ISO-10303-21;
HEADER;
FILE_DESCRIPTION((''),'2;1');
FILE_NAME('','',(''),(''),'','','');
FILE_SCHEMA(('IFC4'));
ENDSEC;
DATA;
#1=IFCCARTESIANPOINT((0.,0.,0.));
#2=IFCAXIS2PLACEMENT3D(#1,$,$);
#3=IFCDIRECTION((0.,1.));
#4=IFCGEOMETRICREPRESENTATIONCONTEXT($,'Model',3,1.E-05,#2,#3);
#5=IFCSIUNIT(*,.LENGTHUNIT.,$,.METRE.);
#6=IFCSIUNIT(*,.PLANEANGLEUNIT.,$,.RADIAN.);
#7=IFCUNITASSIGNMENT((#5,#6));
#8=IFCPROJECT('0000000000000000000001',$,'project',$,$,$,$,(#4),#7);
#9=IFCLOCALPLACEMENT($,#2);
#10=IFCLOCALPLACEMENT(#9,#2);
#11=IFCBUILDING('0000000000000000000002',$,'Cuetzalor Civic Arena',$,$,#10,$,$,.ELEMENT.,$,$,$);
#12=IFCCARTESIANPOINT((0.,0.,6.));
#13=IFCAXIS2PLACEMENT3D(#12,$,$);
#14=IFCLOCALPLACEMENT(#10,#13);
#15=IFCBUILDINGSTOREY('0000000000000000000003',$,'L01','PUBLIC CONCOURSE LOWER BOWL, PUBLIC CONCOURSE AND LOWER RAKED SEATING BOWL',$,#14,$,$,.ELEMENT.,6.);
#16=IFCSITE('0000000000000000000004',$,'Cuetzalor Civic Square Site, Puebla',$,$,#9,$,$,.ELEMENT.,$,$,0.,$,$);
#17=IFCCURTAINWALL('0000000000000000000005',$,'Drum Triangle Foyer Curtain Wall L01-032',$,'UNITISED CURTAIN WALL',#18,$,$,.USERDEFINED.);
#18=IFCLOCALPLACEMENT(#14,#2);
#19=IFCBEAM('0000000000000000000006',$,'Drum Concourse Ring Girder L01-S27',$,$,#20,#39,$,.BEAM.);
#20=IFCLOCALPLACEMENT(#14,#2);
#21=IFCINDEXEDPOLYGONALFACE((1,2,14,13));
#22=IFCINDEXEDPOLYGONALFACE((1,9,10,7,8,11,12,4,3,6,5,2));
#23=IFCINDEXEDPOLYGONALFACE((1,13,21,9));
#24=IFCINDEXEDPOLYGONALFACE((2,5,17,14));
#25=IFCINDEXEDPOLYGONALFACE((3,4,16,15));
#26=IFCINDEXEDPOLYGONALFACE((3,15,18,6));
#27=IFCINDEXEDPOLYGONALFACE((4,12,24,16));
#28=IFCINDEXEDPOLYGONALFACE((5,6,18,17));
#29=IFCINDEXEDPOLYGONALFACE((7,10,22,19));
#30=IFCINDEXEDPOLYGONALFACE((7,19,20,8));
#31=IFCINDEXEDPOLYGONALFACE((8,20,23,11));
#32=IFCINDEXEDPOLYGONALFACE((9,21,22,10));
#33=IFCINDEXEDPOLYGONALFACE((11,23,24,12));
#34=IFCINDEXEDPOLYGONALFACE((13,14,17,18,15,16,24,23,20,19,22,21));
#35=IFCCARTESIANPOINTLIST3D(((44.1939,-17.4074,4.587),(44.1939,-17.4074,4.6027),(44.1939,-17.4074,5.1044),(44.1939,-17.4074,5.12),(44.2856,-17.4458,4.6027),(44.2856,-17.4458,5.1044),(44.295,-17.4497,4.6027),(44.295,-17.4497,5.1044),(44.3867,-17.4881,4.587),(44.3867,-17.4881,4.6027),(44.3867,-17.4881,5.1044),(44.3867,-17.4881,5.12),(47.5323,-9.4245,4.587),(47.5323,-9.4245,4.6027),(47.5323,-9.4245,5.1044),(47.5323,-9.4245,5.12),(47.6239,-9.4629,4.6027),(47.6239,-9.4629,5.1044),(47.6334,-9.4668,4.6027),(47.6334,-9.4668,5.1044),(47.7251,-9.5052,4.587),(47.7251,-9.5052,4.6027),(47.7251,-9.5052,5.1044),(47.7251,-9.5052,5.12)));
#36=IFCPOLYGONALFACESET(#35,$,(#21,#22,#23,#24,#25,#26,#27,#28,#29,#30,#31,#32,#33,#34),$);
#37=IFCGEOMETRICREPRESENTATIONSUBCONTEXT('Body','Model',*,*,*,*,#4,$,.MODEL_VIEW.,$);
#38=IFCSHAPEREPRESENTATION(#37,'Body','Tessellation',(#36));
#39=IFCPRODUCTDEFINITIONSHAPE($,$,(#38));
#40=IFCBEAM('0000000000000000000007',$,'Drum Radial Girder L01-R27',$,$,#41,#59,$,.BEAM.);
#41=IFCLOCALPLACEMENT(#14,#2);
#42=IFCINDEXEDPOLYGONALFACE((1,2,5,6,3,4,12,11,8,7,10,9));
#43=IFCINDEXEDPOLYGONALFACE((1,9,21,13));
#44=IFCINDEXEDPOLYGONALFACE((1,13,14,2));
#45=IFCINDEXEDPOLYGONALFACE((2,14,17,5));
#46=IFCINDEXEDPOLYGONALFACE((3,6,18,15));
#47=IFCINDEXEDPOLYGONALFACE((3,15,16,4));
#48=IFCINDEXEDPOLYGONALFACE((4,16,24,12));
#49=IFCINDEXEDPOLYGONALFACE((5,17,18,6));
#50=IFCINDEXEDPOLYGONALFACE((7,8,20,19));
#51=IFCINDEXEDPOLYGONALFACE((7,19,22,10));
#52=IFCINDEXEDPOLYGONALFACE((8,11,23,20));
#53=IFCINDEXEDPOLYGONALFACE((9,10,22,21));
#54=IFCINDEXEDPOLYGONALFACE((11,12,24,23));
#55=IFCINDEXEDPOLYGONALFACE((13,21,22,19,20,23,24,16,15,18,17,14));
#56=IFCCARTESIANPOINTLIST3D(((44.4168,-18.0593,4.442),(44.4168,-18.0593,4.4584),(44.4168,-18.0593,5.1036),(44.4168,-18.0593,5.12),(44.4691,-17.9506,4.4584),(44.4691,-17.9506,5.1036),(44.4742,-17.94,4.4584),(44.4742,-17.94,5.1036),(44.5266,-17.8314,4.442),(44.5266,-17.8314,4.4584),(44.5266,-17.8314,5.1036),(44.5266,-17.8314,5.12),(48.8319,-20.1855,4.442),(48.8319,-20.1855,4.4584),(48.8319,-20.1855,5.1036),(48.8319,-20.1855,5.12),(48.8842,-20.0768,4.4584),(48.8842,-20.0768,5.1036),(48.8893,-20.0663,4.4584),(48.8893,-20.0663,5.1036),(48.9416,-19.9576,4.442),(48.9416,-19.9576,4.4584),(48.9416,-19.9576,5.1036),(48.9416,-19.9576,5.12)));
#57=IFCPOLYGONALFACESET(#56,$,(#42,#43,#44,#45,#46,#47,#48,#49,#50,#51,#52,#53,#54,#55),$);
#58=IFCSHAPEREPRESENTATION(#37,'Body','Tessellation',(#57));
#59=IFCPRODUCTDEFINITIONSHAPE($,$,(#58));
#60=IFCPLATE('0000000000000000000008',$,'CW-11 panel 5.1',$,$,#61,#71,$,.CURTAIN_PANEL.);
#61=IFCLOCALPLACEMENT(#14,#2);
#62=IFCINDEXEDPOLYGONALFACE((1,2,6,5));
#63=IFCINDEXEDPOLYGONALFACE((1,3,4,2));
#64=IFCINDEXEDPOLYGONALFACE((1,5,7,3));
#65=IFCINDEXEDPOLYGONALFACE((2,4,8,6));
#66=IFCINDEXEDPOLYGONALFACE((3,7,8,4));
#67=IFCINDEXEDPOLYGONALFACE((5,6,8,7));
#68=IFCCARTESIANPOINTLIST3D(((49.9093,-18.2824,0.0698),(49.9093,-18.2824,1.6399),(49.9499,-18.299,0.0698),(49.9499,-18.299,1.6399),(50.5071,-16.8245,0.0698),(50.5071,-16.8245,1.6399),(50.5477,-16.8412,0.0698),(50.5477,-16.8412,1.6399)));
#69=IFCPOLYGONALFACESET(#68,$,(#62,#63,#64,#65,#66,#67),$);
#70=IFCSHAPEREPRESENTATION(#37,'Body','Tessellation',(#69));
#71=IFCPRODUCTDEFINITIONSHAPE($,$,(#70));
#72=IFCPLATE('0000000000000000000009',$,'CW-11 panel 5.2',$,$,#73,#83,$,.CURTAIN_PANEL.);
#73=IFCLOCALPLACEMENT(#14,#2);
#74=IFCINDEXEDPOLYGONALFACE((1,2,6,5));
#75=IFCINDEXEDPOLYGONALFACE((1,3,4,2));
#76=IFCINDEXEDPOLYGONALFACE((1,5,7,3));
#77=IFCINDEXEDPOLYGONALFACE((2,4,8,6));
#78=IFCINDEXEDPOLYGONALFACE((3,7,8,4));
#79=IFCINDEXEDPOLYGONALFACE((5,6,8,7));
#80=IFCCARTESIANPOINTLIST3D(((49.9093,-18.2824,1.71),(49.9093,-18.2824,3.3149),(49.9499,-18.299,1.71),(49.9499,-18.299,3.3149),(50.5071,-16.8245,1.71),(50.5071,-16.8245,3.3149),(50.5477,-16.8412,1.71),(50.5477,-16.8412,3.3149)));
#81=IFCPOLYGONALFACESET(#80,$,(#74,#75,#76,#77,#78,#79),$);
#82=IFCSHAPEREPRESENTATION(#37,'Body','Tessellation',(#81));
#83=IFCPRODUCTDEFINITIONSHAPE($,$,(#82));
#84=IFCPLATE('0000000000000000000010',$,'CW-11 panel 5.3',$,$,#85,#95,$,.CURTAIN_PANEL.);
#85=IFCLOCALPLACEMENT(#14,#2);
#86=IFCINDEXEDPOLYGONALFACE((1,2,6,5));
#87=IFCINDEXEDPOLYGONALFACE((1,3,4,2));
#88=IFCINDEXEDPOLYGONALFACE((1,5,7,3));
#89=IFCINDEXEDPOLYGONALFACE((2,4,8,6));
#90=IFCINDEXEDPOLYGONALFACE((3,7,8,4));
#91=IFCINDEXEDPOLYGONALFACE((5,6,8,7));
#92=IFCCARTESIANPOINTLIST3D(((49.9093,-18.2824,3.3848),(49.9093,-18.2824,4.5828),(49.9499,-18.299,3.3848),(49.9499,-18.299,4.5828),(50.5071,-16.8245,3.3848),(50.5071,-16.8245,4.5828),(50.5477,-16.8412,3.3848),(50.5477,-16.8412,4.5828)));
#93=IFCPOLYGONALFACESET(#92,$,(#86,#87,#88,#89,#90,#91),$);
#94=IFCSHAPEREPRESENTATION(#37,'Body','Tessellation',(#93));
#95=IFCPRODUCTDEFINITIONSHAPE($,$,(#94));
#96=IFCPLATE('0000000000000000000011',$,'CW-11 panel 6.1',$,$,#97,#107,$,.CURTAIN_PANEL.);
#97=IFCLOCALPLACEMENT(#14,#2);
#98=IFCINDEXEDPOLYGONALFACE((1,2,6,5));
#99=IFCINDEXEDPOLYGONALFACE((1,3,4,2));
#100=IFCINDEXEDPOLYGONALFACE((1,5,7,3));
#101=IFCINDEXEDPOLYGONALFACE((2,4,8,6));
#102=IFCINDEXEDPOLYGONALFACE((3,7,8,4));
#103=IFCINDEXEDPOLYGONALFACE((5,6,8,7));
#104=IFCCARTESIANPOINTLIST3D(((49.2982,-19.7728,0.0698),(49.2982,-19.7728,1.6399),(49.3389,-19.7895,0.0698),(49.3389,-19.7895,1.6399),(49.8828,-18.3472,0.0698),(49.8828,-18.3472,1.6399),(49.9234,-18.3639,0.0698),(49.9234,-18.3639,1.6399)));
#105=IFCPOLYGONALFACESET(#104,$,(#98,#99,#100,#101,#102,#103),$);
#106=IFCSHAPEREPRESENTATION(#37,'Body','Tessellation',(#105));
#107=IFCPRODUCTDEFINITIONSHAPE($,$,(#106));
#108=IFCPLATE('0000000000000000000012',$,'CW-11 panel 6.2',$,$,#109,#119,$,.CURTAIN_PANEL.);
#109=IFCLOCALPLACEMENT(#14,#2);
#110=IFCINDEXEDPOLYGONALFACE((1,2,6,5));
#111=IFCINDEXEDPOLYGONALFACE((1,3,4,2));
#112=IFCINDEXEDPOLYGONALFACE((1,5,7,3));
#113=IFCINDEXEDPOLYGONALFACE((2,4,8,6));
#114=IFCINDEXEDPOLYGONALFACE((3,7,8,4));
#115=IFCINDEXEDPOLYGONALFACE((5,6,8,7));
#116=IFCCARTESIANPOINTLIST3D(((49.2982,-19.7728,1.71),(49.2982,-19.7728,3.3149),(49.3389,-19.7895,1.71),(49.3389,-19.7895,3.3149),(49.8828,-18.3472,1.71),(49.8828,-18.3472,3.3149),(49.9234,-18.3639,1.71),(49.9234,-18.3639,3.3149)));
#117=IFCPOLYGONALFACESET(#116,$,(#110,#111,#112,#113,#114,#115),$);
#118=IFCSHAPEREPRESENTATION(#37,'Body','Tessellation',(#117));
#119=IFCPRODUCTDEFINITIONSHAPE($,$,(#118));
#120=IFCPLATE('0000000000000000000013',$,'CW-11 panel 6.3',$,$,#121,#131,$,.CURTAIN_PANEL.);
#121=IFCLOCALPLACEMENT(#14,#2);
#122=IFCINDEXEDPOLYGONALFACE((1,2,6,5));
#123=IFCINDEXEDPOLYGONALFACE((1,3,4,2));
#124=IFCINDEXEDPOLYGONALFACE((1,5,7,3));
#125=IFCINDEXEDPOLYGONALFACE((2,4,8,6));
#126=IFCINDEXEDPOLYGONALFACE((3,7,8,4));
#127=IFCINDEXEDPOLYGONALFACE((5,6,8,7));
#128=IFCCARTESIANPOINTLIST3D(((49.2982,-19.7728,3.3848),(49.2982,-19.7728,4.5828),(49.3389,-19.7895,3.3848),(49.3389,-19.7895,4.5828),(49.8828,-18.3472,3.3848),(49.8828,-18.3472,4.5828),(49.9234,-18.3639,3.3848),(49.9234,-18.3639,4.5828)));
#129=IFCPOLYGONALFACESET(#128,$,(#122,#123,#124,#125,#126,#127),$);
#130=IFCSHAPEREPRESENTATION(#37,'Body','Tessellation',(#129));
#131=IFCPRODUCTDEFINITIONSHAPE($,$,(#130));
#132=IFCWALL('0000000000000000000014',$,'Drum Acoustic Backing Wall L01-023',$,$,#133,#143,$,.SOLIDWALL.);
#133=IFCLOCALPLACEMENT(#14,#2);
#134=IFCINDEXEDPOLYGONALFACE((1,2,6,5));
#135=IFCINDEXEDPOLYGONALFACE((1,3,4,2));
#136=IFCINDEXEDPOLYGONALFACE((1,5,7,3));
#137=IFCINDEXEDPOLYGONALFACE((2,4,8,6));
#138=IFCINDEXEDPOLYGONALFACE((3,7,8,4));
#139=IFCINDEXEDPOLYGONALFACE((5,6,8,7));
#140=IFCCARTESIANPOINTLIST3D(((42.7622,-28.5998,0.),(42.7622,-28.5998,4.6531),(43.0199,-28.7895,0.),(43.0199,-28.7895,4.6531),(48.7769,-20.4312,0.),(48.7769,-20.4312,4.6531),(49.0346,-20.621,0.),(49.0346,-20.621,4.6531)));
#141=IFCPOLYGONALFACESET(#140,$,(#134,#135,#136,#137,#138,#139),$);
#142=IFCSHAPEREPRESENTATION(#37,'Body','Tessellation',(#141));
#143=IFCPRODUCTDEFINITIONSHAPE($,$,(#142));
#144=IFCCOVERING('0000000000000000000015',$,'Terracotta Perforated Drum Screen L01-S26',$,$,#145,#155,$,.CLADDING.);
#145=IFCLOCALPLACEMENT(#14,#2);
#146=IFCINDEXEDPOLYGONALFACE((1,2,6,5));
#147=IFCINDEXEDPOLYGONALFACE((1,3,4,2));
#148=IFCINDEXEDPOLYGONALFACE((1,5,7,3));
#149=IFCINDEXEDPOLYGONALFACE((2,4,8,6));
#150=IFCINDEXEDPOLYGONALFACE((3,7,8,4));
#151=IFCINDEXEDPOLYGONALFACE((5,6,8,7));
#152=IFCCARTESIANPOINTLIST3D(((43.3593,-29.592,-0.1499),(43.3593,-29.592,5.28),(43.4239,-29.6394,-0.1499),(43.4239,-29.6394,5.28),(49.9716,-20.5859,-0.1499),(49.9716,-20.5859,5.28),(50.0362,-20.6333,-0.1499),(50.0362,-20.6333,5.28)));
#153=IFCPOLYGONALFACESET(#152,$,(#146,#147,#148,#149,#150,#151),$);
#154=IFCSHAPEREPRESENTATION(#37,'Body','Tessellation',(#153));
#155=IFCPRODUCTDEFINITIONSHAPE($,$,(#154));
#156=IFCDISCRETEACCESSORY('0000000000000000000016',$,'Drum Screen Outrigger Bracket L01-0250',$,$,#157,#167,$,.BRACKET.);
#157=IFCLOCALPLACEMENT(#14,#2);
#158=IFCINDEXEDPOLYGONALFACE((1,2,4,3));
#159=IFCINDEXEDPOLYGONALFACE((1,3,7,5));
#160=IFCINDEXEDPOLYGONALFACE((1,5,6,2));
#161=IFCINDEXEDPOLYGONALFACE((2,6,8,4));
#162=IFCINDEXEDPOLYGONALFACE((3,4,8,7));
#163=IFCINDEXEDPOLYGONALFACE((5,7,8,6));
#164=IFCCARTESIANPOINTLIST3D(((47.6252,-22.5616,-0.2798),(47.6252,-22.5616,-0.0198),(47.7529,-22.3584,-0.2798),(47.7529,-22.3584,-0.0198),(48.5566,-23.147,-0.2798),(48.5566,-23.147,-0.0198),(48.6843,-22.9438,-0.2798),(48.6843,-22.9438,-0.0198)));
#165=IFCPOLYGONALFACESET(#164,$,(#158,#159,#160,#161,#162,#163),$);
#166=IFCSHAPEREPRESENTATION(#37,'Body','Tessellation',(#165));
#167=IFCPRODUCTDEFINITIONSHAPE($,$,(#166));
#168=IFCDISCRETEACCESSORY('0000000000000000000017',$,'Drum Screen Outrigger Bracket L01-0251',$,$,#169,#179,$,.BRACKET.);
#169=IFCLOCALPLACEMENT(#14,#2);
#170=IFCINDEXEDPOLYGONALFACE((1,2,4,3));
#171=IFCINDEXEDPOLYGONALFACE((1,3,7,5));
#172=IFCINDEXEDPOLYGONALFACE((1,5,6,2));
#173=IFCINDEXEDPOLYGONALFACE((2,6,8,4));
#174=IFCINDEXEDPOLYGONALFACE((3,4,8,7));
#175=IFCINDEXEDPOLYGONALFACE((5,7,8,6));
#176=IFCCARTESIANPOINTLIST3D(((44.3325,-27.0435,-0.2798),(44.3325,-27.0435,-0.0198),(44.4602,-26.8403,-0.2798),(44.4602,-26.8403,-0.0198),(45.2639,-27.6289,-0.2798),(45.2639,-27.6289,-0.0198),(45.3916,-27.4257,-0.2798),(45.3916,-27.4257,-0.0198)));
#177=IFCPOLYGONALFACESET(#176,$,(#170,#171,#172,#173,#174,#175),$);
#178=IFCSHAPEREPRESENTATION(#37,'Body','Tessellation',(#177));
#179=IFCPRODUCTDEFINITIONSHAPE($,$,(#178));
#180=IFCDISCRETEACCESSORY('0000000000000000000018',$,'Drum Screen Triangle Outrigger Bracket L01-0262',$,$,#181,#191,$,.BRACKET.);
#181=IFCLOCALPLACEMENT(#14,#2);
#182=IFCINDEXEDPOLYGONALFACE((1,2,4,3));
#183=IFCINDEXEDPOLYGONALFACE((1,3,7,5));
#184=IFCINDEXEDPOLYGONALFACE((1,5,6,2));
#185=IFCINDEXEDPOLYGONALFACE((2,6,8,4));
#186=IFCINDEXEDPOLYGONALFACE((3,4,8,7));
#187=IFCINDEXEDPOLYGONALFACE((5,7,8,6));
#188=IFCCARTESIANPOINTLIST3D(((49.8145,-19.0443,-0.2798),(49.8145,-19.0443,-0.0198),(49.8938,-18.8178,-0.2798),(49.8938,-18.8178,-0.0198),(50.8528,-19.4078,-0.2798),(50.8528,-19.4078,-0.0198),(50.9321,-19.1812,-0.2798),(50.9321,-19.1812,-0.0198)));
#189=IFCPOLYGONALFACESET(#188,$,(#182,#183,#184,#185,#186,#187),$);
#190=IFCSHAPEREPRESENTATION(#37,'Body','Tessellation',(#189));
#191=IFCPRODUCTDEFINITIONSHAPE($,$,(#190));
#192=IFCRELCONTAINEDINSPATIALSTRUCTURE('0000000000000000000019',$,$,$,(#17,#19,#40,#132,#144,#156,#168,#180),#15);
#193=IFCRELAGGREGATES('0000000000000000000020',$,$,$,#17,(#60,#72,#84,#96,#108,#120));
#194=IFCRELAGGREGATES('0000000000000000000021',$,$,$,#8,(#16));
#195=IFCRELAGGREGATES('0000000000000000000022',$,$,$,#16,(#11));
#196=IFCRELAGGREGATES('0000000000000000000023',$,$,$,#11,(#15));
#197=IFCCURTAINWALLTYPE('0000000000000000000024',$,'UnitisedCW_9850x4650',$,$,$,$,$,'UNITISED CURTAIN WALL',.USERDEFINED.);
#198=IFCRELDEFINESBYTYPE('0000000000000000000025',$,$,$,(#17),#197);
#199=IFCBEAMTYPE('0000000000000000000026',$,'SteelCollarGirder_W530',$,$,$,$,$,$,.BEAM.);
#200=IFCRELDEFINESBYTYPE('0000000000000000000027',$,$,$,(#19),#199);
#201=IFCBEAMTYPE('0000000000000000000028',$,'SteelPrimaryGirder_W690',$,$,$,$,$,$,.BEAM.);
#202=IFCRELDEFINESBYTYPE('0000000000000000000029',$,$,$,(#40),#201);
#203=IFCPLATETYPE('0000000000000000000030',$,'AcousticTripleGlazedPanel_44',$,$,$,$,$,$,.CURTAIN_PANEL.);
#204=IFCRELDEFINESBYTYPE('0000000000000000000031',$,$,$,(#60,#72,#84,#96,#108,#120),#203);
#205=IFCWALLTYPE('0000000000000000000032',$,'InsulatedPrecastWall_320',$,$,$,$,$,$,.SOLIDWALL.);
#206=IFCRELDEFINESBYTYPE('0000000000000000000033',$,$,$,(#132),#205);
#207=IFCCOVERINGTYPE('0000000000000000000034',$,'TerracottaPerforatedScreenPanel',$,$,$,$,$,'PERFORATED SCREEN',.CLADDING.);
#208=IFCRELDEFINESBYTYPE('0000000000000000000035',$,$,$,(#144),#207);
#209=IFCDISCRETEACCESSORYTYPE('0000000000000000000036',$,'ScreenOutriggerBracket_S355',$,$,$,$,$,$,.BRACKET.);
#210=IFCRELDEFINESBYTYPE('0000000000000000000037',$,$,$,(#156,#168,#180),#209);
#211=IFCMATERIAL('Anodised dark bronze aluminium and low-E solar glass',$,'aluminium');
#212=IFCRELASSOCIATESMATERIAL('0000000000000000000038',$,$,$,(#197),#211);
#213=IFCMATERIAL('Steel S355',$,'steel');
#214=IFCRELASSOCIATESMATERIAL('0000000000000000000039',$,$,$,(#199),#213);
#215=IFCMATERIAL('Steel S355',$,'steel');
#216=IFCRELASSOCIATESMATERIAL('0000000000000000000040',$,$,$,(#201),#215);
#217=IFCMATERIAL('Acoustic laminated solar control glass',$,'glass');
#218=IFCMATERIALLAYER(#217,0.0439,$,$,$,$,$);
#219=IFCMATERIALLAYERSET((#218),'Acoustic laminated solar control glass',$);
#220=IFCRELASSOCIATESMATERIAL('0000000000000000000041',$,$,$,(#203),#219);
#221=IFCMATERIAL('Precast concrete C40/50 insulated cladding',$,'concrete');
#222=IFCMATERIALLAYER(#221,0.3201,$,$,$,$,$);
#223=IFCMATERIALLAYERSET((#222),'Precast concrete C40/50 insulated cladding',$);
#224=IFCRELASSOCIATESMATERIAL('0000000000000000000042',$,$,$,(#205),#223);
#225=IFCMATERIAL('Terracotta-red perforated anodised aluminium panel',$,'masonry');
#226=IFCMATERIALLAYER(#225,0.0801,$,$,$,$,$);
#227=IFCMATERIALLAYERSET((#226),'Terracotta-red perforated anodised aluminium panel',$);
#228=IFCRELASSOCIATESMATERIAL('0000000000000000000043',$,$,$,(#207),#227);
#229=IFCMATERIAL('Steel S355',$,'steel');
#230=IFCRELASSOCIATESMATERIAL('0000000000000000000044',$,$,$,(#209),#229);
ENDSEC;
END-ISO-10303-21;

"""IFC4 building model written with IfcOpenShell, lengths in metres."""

from ifc_helpers import new_model, si_unit, direction, frame, frame_2d, origin, origin_2d, place, context, subcontext, project, spatial, rectangle, i_section, extrude, material, layer, layer_set, material_profile, profile_set, type_object, element, aggregate, save


model = new_model("IFC4")

# Units and contexts
model_context = context("Model", 3, precision=1e-05, world=origin(), true_north=direction((0.0, 1.0)))
body_context = subcontext(model_context, "Body", "Model", "MODEL_VIEW")
ifc_project = project(units=[si_unit("LENGTHUNIT", "METRE"), si_unit("PLANEANGLEUNIT", "RADIAN")], contexts=[model_context])

# Site, building, storey
site_placement = place(None, origin())
site = spatial("IfcSite", under=ifc_project, at=site_placement, Name="Cuetzalor Civic Square Site, Puebla", CompositionType="ELEMENT", RefElevation=0.0)
building_placement = place(site_placement, origin())
building = spatial("IfcBuilding", under=site, at=building_placement, Name="Cuetzalor Civic Arena", CompositionType="ELEMENT")
storey_placement = place(building_placement, frame((0.0, 0.0, 6.0)))
storey = spatial("IfcBuildingStorey", under=building, at=storey_placement, Name="L01", Description="PUBLIC CONCOURSE LOWER BOWL, PUBLIC CONCOURSE AND LOWER RAKED SEATING BOWL", CompositionType="ELEMENT", Elevation=6.0)

# Curtain wall
ifc_material_1 = material(Name="Anodised dark bronze aluminium and low-E solar glass", Category="aluminium")
curtain_wall_type = type_object("IfcCurtainWallType", Name="UnitisedCW_9850x4650", ElementType="UNITISED CURTAIN WALL", PredefinedType="USERDEFINED", material=ifc_material_1)
curtain_wall_placement = place(storey_placement, origin())
curtain_wall = element("IfcCurtainWall", 1, at=curtain_wall_placement, inside=storey, type_object=curtain_wall_type, Name="Drum Triangle Foyer Curtain Wall L01-032", ObjectType="UNITISED CURTAIN WALL", PredefinedType="USERDEFINED")

# Beams
ifc_material_2 = material(Name="Steel S355", Category="steel")
ifc_material_profile_1 = material_profile(ifc_material_2, i_section(OverallWidth=0.209, OverallDepth=0.533, WebThickness=0.0103, FlangeThickness=0.0156, at=origin_2d()), Name="W530x92")
ifc_profile_set_1 = profile_set([ifc_material_profile_1], Name="Steel S355")
beam_type_1 = type_object("IfcBeamType", Name="SteelCollarGirder_W530", PredefinedType="BEAM", material=ifc_profile_set_1)
beam_1_placement = place(storey_placement, frame((44.2903, -17.4478, 4.8535), z_axis=(0.385813, 0.922577, 0.0), x_axis=(-0.922577, 0.385813, 0.0)))
element("IfcBeam", 2, at=beam_1_placement, inside=storey, type_object=beam_type_1, Name="Drum Concourse Ring Girder L01-S27", PredefinedType="BEAM", context=body_context, shape_type="SweptSolid", body=[
    extrude(i_section(OverallWidth=0.209, OverallDepth=0.533, WebThickness=0.0103, FlangeThickness=0.0156, at=origin_2d()), origin(), (0.0, 0.0, 1.0), 8.6528),
])
ifc_material_3 = material(Name="Steel S355", Category="steel")
ifc_material_profile_2 = material_profile(ifc_material_3, i_section(OverallWidth=0.2529, OverallDepth=0.678, WebThickness=0.0117, FlangeThickness=0.0164, at=origin_2d()), Name="W690x125")
ifc_profile_set_2 = profile_set([ifc_material_profile_2], Name="Steel S355")
beam_type_2 = type_object("IfcBeamType", Name="SteelPrimaryGirder_W690", PredefinedType="BEAM", material=ifc_profile_set_2)
beam_2_placement = place(storey_placement, frame((44.4717, -17.9453, 4.781), z_axis=(0.900965, -0.433892, 0.0), x_axis=(0.433892, 0.900965, 0.0)))
element("IfcBeam", 3, at=beam_2_placement, inside=storey, type_object=beam_type_2, Name="Drum Radial Girder L01-R27", PredefinedType="BEAM", context=body_context, shape_type="SweptSolid", body=[
    extrude(i_section(OverallWidth=0.2529, OverallDepth=0.678, WebThickness=0.0117, FlangeThickness=0.0164, at=origin_2d()), origin(), (0.0, 0.0, 1.0), 4.9004),
])

# Plates
ifc_material_4 = material(Name="Acoustic laminated solar control glass", Category="glass")
ifc_layer_1 = layer(ifc_material_4, 0.0439)
ifc_layer_set_1 = layer_set([ifc_layer_1], Name="Acoustic laminated solar control glass")
plate_type = type_object("IfcPlateType", Name="AcousticTripleGlazedPanel_44", PredefinedType="CURTAIN_PANEL", material=ifc_layer_set_1)
plate_1_placement = place(storey_placement, frame((50.2285, -17.5618, 0.0698), z_axis=(0.0, 0.0, 1.0), x_axis=(-0.379391, -0.925236, 0.0)))
plate_1 = element("IfcPlate", 4, at=plate_1_placement, type_object=plate_type, Name="CW-11 panel 5.1", PredefinedType="CURTAIN_PANEL", context=body_context, shape_type="SweptSolid", body=[
    extrude(rectangle(XDim=1.5757, YDim=0.0439, at=origin_2d()), origin(), (0.0, 0.0, 1.0), 1.5701),
])
plate_2_placement = place(storey_placement, frame((50.2285, -17.5618, 1.71), z_axis=(0.0, 0.0, 1.0), x_axis=(-0.379391, -0.925236, 0.0)))
plate_2 = element("IfcPlate", 5, at=plate_2_placement, type_object=plate_type, Name="CW-11 panel 5.2", PredefinedType="CURTAIN_PANEL", context=body_context, shape_type="SweptSolid", body=[
    extrude(rectangle(XDim=1.5757, YDim=0.0439, at=origin_2d()), origin(), (0.0, 0.0, 1.0), 1.605),
])
plate_3_placement = place(storey_placement, frame((50.2285, -17.5618, 3.3848), z_axis=(0.0, 0.0, 1.0), x_axis=(-0.379391, -0.925236, 0.0)))
plate_3 = element("IfcPlate", 6, at=plate_3_placement, type_object=plate_type, Name="CW-11 panel 5.3", PredefinedType="CURTAIN_PANEL", context=body_context, shape_type="SweptSolid", body=[
    extrude(rectangle(XDim=1.5757, YDim=0.0439, at=origin_2d()), origin(), (0.0, 0.0, 1.0), 1.198),
])
plate_4_placement = place(storey_placement, frame((49.6108, -19.0684, 0.0698), z_axis=(0.0, 0.0, 1.0), x_axis=(-0.379391, -0.925236, 0.0)))
plate_4 = element("IfcPlate", 7, at=plate_4_placement, type_object=plate_type, Name="CW-11 panel 6.1", PredefinedType="CURTAIN_PANEL", context=body_context, shape_type="SweptSolid", body=[
    extrude(rectangle(XDim=1.5408, YDim=0.0439, at=origin_2d()), origin(), (0.0, 0.0, 1.0), 1.5701),
])
plate_5_placement = place(storey_placement, frame((49.6108, -19.0684, 1.71), z_axis=(0.0, 0.0, 1.0), x_axis=(-0.379391, -0.925236, 0.0)))
plate_5 = element("IfcPlate", 8, at=plate_5_placement, type_object=plate_type, Name="CW-11 panel 6.2", PredefinedType="CURTAIN_PANEL", context=body_context, shape_type="SweptSolid", body=[
    extrude(rectangle(XDim=1.5408, YDim=0.0439, at=origin_2d()), origin(), (0.0, 0.0, 1.0), 1.605),
])
plate_6_placement = place(storey_placement, frame((49.6108, -19.0684, 3.3848), z_axis=(0.0, 0.0, 1.0), x_axis=(-0.379391, -0.925236, 0.0)))
plate_6 = element("IfcPlate", 9, at=plate_6_placement, type_object=plate_type, Name="CW-11 panel 6.3", PredefinedType="CURTAIN_PANEL", context=body_context, shape_type="SweptSolid", body=[
    extrude(rectangle(XDim=1.5408, YDim=0.0439, at=origin_2d()), origin(), (0.0, 0.0, 1.0), 1.198),
])
aggregate(curtain_wall, [plate_1, plate_2, plate_3, plate_4, plate_5, plate_6])

# Wall
ifc_material_5 = material(Name="Precast concrete C40/50 insulated cladding", Category="concrete")
ifc_layer_2 = layer(ifc_material_5, 0.3201)
ifc_layer_set_2 = layer_set([ifc_layer_2], Name="Precast concrete C40/50 insulated cladding")
wall_type = type_object("IfcWallType", Name="InsulatedPrecastWall_320", PredefinedType="SOLIDWALL", material=ifc_layer_set_2)
wall_placement = place(storey_placement, frame((48.9058, -20.5261, 0.0), z_axis=(0.0, 0.0, 1.0), x_axis=(-0.59293, -0.805254, 0.0)))
element("IfcWall", 10, at=wall_placement, inside=storey, type_object=wall_type, Name="Drum Acoustic Backing Wall L01-023", PredefinedType="SOLIDWALL", context=body_context, shape_type="SweptSolid", body=[
    extrude(rectangle(XDim=10.144, YDim=0.3201, at=frame_2d((5.072, 0.0))), origin(), (0.0, 0.0, 1.0), 4.6531),
])

# Covering
ifc_material_6 = material(Name="Terracotta-red perforated anodised aluminium panel", Category="masonry")
ifc_layer_3 = layer(ifc_material_6, 0.0801)
ifc_layer_set_3 = layer_set([ifc_layer_3], Name="Terracotta-red perforated anodised aluminium panel")
covering_type = type_object("IfcCoveringType", Name="TerracottaPerforatedScreenPanel", ElementType="PERFORATED SCREEN", PredefinedType="CLADDING", material=ifc_layer_set_3)
covering_placement = place(storey_placement, frame((50.0039, -20.6096, -0.1499), z_axis=(0.0, 0.0, 1.0), x_axis=(-0.591819, -0.806071, 0.0)))
element("IfcCovering", 11, at=covering_placement, inside=storey, type_object=covering_type, Name="Terracotta Perforated Drum Screen L01-S26", PredefinedType="CLADDING", context=body_context, shape_type="SweptSolid", body=[
    extrude(rectangle(XDim=11.1729, YDim=0.0801, at=frame_2d((5.5864, 0.0))), origin(), (0.0, 0.0, 1.0), 5.4299),
])

# Discrete accessories
ifc_material_7 = material(Name="Steel S355", Category="steel")
discrete_accessory_type = type_object("IfcDiscreteAccessoryType", Name="ScreenOutriggerBracket_S355", PredefinedType="BRACKET", material=ifc_material_7)
for number, where, z_axis, x_axis, name in (
    (12, (48.1548, -22.7527, -0.2798), (0.0, 0.0, 1.0), (0.846658, -0.532138, 0.0), "Drum Screen Outrigger Bracket L01-0250"),
    (13, (44.8621, -27.2346, -0.2798), (0.0, 0.0, 1.0), (0.846658, -0.532138, 0.0), "Drum Screen Outrigger Bracket L01-0251"),
    (14, (50.3733, -19.1128, -0.2798), (0.0, 0.0, 1.0), (0.943859, -0.33035, 0.0), "Drum Screen Triangle Outrigger Bracket L01-0262"),
):
    element("IfcDiscreteAccessory", number, at=place(storey_placement, frame(where, z_axis=z_axis, x_axis=x_axis)), inside=storey, type_object=discrete_accessory_type, Name=name, PredefinedType="BRACKET", context=body_context, shape_type="SweptSolid", body=[
        extrude(rectangle(XDim=1.1001, YDim=0.24, at=origin_2d()), origin(), (0.0, 0.0, 1.0), 0.26),
    ])

save(model, "model.ifc")
